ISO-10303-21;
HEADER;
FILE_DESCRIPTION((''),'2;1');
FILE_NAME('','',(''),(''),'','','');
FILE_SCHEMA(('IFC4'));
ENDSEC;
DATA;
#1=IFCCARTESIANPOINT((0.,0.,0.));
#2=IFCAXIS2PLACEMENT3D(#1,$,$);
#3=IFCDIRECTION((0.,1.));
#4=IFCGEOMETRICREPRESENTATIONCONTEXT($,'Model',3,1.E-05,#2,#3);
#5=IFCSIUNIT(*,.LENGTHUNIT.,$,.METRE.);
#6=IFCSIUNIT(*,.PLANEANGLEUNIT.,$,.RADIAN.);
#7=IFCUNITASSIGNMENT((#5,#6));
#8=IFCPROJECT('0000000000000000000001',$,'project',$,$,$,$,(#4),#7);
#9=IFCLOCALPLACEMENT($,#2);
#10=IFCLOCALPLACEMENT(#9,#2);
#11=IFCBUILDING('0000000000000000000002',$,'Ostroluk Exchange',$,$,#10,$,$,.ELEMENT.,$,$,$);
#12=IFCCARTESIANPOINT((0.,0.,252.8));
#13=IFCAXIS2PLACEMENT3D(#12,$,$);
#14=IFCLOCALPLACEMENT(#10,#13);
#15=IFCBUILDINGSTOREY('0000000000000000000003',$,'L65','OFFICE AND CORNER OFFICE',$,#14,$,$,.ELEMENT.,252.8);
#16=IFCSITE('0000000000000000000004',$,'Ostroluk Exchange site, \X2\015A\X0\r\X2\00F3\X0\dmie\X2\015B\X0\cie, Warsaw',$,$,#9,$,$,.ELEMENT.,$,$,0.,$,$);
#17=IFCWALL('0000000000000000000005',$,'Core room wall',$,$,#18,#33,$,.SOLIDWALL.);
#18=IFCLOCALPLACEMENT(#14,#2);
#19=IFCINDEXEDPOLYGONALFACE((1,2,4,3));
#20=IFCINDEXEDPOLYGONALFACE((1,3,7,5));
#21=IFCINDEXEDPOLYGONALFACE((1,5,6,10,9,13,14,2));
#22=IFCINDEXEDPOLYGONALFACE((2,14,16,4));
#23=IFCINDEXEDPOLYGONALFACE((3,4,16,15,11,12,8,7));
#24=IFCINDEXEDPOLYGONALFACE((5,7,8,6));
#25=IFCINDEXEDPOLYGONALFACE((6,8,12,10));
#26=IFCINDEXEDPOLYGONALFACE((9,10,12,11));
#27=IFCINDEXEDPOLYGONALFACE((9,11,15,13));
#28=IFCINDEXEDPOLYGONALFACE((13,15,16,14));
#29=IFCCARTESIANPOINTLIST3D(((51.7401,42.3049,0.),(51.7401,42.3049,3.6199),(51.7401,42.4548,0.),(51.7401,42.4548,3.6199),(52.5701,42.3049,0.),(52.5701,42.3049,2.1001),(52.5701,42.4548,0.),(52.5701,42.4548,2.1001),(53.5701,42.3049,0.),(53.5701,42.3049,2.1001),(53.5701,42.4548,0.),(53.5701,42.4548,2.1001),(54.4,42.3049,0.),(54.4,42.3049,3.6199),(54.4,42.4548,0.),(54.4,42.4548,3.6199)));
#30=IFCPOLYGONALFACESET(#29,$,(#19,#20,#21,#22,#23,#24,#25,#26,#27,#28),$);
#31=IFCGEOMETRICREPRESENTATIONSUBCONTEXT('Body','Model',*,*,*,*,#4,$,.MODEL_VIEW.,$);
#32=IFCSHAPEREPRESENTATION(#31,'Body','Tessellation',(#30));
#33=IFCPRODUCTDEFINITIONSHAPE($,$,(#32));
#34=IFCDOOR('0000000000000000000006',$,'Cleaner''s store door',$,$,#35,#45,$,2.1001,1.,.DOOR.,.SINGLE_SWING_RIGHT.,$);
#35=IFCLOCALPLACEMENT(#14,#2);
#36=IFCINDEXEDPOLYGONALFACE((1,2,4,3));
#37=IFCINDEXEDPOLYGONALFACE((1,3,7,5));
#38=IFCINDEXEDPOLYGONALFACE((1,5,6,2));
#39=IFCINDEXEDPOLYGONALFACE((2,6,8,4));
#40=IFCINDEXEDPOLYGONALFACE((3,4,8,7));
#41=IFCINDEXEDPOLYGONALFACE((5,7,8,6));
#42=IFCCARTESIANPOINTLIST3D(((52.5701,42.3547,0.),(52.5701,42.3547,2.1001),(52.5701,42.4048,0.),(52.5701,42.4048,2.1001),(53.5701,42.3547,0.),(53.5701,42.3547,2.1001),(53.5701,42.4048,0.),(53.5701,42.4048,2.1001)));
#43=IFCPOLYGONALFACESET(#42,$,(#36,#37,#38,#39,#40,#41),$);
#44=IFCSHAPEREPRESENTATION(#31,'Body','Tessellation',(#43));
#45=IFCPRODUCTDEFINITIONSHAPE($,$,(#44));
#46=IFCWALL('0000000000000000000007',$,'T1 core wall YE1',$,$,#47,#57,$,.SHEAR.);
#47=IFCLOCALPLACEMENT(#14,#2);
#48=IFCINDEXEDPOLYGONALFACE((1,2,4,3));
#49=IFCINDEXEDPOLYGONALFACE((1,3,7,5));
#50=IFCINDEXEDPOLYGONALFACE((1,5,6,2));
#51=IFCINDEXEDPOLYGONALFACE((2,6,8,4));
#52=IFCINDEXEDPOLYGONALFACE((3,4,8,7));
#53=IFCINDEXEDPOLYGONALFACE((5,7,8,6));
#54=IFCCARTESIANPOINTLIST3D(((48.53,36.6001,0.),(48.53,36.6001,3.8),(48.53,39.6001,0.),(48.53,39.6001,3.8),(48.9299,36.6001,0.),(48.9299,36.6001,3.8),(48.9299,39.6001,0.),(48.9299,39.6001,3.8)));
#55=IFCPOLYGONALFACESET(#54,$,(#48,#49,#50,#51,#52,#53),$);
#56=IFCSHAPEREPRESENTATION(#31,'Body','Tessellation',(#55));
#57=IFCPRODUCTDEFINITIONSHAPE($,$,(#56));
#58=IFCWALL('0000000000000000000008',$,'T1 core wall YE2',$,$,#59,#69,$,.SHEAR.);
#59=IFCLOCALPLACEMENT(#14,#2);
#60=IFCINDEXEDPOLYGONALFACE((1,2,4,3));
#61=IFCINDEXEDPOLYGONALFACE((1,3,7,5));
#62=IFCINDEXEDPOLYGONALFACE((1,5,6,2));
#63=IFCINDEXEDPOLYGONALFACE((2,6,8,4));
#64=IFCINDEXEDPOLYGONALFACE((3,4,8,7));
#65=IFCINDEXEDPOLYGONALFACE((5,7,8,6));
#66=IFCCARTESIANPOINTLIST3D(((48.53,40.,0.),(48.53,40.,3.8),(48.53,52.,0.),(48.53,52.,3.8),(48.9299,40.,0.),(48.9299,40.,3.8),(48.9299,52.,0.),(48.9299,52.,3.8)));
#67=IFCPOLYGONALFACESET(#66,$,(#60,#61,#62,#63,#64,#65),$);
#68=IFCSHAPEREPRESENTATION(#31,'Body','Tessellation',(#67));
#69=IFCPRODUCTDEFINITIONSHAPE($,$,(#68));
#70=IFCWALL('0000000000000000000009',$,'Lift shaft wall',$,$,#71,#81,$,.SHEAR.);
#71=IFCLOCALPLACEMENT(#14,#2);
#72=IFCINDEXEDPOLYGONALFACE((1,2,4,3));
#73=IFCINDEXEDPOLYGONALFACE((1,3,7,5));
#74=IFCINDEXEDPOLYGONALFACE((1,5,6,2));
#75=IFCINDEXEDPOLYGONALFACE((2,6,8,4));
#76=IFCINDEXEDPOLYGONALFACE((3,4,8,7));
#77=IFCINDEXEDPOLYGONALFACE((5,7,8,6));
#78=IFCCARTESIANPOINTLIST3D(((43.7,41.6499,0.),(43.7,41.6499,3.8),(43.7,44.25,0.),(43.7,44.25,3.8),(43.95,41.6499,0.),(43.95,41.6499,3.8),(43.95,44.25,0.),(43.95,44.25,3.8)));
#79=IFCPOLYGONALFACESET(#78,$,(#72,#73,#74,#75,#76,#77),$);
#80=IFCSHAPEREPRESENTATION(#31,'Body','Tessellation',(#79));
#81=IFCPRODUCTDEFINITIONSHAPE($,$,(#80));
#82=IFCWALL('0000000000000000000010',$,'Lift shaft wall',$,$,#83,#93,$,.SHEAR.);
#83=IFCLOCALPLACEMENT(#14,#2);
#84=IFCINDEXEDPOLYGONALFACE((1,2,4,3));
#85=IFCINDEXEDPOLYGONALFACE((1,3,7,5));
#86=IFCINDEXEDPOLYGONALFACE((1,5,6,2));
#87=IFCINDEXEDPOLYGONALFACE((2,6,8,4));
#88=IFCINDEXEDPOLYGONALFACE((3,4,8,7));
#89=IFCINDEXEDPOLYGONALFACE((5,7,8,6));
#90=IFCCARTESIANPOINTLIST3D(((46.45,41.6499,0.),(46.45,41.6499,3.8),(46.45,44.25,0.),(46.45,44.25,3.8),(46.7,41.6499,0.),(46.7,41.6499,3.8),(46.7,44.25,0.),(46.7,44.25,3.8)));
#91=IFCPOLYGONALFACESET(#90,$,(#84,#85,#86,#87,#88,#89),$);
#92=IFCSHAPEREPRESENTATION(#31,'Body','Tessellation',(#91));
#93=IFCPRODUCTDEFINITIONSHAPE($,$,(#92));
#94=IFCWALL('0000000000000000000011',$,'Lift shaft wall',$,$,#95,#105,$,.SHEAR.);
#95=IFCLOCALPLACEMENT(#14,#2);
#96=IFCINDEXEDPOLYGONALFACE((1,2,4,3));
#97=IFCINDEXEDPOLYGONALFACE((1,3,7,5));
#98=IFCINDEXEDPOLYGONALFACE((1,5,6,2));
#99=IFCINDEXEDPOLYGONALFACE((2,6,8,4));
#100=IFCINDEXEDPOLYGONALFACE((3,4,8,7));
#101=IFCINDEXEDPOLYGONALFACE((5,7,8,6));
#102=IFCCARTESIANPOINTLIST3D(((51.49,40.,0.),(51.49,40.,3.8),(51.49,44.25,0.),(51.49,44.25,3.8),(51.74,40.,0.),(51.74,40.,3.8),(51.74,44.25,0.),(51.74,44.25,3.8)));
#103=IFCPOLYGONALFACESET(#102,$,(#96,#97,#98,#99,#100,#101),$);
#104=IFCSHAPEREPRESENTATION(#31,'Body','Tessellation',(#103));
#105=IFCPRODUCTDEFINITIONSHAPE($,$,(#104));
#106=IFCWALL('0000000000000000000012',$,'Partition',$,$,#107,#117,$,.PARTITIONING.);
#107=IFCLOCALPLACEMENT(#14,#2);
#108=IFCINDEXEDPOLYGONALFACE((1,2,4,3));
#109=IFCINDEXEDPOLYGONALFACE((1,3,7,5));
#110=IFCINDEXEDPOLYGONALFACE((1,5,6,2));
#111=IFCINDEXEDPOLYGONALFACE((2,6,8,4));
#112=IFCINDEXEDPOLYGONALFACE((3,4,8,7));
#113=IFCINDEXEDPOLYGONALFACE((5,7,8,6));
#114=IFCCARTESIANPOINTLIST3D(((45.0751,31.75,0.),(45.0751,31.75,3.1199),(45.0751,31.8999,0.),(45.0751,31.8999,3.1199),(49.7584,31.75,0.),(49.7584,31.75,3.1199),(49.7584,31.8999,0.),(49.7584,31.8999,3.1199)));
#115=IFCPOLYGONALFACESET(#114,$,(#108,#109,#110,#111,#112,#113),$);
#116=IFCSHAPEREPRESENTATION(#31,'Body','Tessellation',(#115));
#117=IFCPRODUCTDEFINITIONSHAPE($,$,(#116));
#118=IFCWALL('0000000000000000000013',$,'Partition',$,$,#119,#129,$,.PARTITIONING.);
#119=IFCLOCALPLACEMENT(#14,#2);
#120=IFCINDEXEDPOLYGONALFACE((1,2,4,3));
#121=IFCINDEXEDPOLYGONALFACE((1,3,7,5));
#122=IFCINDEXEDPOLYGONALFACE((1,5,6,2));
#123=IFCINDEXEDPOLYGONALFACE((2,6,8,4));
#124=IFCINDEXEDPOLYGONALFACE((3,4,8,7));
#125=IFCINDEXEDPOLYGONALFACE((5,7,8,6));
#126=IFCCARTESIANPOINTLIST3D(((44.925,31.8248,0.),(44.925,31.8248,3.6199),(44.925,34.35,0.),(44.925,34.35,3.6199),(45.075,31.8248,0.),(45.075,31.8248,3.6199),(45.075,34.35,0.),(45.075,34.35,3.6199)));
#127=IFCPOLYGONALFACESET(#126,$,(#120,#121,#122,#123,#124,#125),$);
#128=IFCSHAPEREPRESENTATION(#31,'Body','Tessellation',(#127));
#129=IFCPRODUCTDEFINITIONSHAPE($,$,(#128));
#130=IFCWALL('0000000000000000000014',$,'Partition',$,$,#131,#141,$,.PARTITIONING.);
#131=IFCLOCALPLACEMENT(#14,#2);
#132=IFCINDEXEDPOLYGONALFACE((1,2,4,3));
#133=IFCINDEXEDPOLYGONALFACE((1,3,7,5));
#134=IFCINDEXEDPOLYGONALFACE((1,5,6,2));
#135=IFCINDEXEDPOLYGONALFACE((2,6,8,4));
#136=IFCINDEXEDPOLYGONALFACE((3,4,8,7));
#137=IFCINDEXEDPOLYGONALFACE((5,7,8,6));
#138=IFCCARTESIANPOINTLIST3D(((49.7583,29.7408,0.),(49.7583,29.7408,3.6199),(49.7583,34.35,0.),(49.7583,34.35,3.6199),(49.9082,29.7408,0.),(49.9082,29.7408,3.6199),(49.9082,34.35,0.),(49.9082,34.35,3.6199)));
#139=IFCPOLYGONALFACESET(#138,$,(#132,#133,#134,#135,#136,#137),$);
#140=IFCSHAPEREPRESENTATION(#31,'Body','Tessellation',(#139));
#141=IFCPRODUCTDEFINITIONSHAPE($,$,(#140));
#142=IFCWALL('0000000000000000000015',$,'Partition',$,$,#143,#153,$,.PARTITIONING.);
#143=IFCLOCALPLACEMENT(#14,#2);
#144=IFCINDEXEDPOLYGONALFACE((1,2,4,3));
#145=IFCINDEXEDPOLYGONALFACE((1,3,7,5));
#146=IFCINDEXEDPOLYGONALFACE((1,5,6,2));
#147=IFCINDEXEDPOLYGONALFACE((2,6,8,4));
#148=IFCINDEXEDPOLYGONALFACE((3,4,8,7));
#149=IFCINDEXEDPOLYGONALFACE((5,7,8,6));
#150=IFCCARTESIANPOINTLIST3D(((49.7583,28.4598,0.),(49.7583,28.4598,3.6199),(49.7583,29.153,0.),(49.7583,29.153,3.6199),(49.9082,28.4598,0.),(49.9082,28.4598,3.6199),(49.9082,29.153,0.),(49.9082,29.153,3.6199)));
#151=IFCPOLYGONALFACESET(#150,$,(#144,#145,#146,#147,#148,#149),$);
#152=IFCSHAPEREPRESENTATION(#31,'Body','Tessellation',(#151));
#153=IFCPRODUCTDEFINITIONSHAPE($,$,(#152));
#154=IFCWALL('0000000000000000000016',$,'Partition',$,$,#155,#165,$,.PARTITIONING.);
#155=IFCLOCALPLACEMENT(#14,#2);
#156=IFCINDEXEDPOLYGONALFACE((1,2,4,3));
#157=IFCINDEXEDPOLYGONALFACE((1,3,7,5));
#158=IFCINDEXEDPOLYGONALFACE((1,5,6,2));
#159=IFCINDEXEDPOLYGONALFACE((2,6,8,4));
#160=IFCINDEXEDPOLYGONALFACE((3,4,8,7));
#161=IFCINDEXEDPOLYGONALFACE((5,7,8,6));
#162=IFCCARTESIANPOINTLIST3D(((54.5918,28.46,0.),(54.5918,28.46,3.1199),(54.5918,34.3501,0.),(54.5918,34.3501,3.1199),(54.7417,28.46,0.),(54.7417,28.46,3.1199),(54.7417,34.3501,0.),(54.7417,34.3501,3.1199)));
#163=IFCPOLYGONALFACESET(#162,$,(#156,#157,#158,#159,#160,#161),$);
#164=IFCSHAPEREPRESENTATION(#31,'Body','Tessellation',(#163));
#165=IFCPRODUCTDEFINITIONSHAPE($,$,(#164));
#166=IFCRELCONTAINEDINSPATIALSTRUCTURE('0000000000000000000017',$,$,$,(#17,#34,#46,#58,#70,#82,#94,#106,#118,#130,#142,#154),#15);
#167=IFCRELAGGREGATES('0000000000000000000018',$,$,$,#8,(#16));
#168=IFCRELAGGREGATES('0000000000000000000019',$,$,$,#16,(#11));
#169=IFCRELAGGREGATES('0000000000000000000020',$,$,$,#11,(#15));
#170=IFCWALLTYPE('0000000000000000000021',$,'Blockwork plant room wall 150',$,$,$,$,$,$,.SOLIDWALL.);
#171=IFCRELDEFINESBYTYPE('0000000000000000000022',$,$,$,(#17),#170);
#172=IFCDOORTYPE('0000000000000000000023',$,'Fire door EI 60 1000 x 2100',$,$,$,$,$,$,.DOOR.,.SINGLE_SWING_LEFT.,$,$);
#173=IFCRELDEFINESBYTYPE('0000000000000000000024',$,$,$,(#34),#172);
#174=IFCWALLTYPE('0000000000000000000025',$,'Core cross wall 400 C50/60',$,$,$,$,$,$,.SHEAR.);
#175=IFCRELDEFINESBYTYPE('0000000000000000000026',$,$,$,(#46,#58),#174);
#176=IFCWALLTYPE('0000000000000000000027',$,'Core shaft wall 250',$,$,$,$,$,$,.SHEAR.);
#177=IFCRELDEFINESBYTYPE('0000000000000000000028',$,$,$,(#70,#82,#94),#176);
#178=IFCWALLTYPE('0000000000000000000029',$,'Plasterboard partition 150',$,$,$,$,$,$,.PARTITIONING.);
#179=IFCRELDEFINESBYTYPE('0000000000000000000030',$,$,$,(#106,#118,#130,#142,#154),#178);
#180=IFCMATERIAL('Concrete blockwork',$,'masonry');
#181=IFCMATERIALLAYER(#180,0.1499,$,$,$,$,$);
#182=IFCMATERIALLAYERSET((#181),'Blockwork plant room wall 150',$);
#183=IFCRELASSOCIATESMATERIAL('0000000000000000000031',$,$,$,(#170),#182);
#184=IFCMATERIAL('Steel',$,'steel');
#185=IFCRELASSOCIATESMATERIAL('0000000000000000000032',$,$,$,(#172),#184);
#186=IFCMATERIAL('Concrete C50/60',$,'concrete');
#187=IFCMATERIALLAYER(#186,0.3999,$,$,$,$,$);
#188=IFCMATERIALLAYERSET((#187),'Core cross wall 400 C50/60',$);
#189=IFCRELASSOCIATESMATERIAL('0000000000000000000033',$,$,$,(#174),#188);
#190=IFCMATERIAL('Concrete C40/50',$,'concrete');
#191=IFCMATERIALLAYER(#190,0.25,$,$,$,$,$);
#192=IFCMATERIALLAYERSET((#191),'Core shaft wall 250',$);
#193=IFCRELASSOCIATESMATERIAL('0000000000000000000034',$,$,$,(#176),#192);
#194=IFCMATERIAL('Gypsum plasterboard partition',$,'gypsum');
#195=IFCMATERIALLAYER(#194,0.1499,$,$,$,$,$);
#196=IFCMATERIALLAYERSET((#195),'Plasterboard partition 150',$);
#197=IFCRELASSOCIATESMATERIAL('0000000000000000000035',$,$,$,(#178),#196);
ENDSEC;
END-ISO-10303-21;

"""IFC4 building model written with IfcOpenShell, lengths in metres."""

from ifc_helpers import new_model, si_unit, direction, frame, frame_2d, origin, place, context, subcontext, project, spatial, rectangle, extrude, material, layer, layer_set, type_object, element, fill, save


model = new_model("IFC4")

# Units and contexts
model_context = context("Model", 3, precision=1e-05, world=origin(), true_north=direction((0.0, 1.0)))
body_context = subcontext(model_context, "Body", "Model", "MODEL_VIEW")
ifc_project = project(units=[si_unit("LENGTHUNIT", "METRE"), si_unit("PLANEANGLEUNIT", "RADIAN")], contexts=[model_context])

# Site, building, storey
site_placement = place(None, origin())
site = spatial("IfcSite", under=ifc_project, at=site_placement, Name="Ostroluk Exchange site, Śródmieście, Warsaw", CompositionType="ELEMENT", RefElevation=0.0)
building_placement = place(site_placement, origin())
building = spatial("IfcBuilding", under=site, at=building_placement, Name="Ostroluk Exchange", CompositionType="ELEMENT")
storey_placement = place(building_placement, frame((0.0, 0.0, 252.8)))
storey = spatial("IfcBuildingStorey", under=building, at=storey_placement, Name="L65", Description="OFFICE AND CORNER OFFICE", CompositionType="ELEMENT", Elevation=252.8)

# Wall, opening, door
ifc_material_1 = material(Name="Concrete blockwork", Category="masonry")
ifc_layer_1 = layer(ifc_material_1, 0.1499)
ifc_layer_set_1 = layer_set([ifc_layer_1], Name="Blockwork plant room wall 150")
wall_type_1 = type_object("IfcWallType", Name="Blockwork plant room wall 150", PredefinedType="SOLIDWALL", material=ifc_layer_set_1)
wall_1_placement = place(storey_placement, frame((51.74, 42.3799, 0.0), z_axis=(0.0, 0.0, 1.0), x_axis=(1.0, 0.0, 0.0)))
wall_1 = element("IfcWall", 1, at=wall_1_placement, inside=storey, type_object=wall_type_1, Name="Core room wall", PredefinedType="SOLIDWALL", context=body_context, shape_type="SweptSolid", body=[
    extrude(rectangle(XDim=2.6599, YDim=0.1499, at=frame_2d((1.3301, 0.0))), origin(), (0.0, 0.0, 1.0), 3.6199),
])
opening_1_placement = place(wall_1_placement, frame((0.8301, 0.0, 0.0)))
opening_1 = element("IfcOpeningElement", 2, at=opening_1_placement, cuts=wall_1, PredefinedType="OPENING", context=body_context, shape_type="SweptSolid", body=[
    extrude(rectangle(XDim=1.0, YDim=2.1001, at=frame_2d((0.5, 1.05))), frame((0.0, 0.085, 0.0), z_axis=(0.0, -1.0, 0.0), x_axis=(1.0, 0.0, 0.0)), (0.0, 0.0, 1.0), 0.1699),
])
ifc_material_2 = material(Name="Steel", Category="steel")
door_type_1 = type_object("IfcDoorType", Name="Fire door EI 60 1000 x 2100", OperationType="SINGLE_SWING_LEFT", PredefinedType="DOOR", material=ifc_material_2)
door_1_placement = place(opening_1_placement, origin())
door_1 = element("IfcDoor", 3, at=door_1_placement, inside=storey, type_object=door_type_1, Name="Cleaner's store door", OperationType="SINGLE_SWING_RIGHT", OverallHeight=2.1001, OverallWidth=1.0, PredefinedType="DOOR", context=body_context, shape_type="SweptSolid", body=[
    extrude(rectangle(XDim=1.0, YDim=2.1001, at=frame_2d((0.5, 1.05))), frame((0.0, 0.0249, 0.0), z_axis=(0.0, -1.0, 0.0), x_axis=(1.0, 0.0, 0.0)), (0.0, 0.0, 1.0), 0.05),
])
fill(opening_1, door_1)

# Walls
ifc_material_3 = material(Name="Concrete C50/60", Category="concrete")
ifc_layer_2 = layer(ifc_material_3, 0.3999)
ifc_layer_set_2 = layer_set([ifc_layer_2], Name="Core cross wall 400 C50/60")
wall_type_2 = type_object("IfcWallType", Name="Core cross wall 400 C50/60", PredefinedType="SHEAR", material=ifc_layer_set_2)
wall_2_placement = place(storey_placement, frame((48.73, 36.6001, 0.0), z_axis=(0.0, 0.0, 1.0), x_axis=(0.0, 1.0, 0.0)))
element("IfcWall", 4, at=wall_2_placement, inside=storey, type_object=wall_type_2, Name="T1 core wall YE1", PredefinedType="SHEAR", context=body_context, shape_type="SweptSolid", body=[
    extrude(rectangle(XDim=3.0, YDim=0.3999, at=frame_2d((1.5, 0.0))), origin(), (0.0, 0.0, 1.0), 3.8),
])
wall_3_placement = place(storey_placement, frame((48.73, 40.0, 0.0), z_axis=(0.0, 0.0, 1.0), x_axis=(0.0, 1.0, 0.0)))
element("IfcWall", 5, at=wall_3_placement, inside=storey, type_object=wall_type_2, Name="T1 core wall YE2", PredefinedType="SHEAR", context=body_context, shape_type="SweptSolid", body=[
    extrude(rectangle(XDim=12.0, YDim=0.3999, at=frame_2d((6.0, 0.0))), origin(), (0.0, 0.0, 1.0), 3.8),
])

# Shared definitions
ifc_material_4 = material(Name="Concrete C40/50", Category="concrete")
ifc_layer_3 = layer(ifc_material_4, 0.25)
ifc_layer_set_3 = layer_set([ifc_layer_3], Name="Core shaft wall 250")
wall_type_3 = type_object("IfcWallType", Name="Core shaft wall 250", PredefinedType="SHEAR", material=ifc_layer_set_3)

# Walls
for number, where, z_axis, x_axis, name in (
    (6, (43.825, 44.25, 0.0), (0.0, 0.0, 1.0), (0.0, -1.0, 0.0), "Lift shaft wall"),
    (7, (46.575, 44.25, 0.0), (0.0, 0.0, 1.0), (0.0, -1.0, 0.0), "Lift shaft wall"),
):
    element("IfcWall", number, at=place(storey_placement, frame(where, z_axis=z_axis, x_axis=x_axis)), inside=storey, type_object=wall_type_3, Name=name, PredefinedType="SHEAR", context=body_context, shape_type="SweptSolid", body=[
        extrude(rectangle(XDim=2.6001, YDim=0.25, at=frame_2d((1.3, 0.0))), origin(), (0.0, 0.0, 1.0), 3.8),
    ])
wall_4_placement = place(storey_placement, frame((51.615, 44.25, 0.0), z_axis=(0.0, 0.0, 1.0), x_axis=(0.0, -1.0, 0.0)))
element("IfcWall", 8, at=wall_4_placement, inside=storey, type_object=wall_type_3, Name="Lift shaft wall", PredefinedType="SHEAR", context=body_context, shape_type="SweptSolid", body=[
    extrude(rectangle(XDim=4.25, YDim=0.25, at=frame_2d((2.125, 0.0))), origin(), (0.0, 0.0, 1.0), 3.8),
])

# Walls
ifc_material_5 = material(Name="Gypsum plasterboard partition", Category="gypsum")
ifc_layer_4 = layer(ifc_material_5, 0.1499)
ifc_layer_set_4 = layer_set([ifc_layer_4], Name="Plasterboard partition 150")
wall_type_4 = type_object("IfcWallType", Name="Plasterboard partition 150", PredefinedType="PARTITIONING", material=ifc_layer_set_4)
wall_5_placement = place(storey_placement, frame((45.075, 31.825, 0.0), z_axis=(0.0, 0.0, 1.0), x_axis=(1.0, 0.0, 0.0)))
element("IfcWall", 9, at=wall_5_placement, inside=storey, type_object=wall_type_4, Name="Partition", PredefinedType="PARTITIONING", context=body_context, shape_type="SweptSolid", body=[
    extrude(rectangle(XDim=4.6833, YDim=0.1499, at=frame_2d((2.3418, 0.0))), origin(), (0.0, 0.0, 1.0), 3.1199),
])
wall_6_placement = place(storey_placement, frame((45.0, 34.3501, 0.0), z_axis=(0.0, 0.0, 1.0), x_axis=(0.0, -1.0, 0.0)))
element("IfcWall", 10, at=wall_6_placement, inside=storey, type_object=wall_type_4, Name="Partition", PredefinedType="PARTITIONING", context=body_context, shape_type="SweptSolid", body=[
    extrude(rectangle(XDim=2.5251, YDim=0.1499, at=frame_2d((1.2627, 0.0))), origin(), (0.0, 0.0, 1.0), 3.6199),
])
wall_7_placement = place(storey_placement, frame((49.8333, 34.3501, 0.0), z_axis=(0.0, 0.0, 1.0), x_axis=(0.0, -1.0, 0.0)))
element("IfcWall", 11, at=wall_7_placement, inside=storey, type_object=wall_type_4, Name="Partition", PredefinedType="PARTITIONING", context=body_context, shape_type="SweptSolid", body=[
    extrude(rectangle(XDim=4.6091, YDim=0.1499, at=frame_2d((2.3047, 0.0))), origin(), (0.0, 0.0, 1.0), 3.6199),
])
wall_8_placement = place(storey_placement, frame((49.8333, 29.1531, 0.0), z_axis=(0.0, 0.0, 1.0), x_axis=(0.0, -1.0, 0.0)))
element("IfcWall", 12, at=wall_8_placement, inside=storey, type_object=wall_type_4, Name="Partition", PredefinedType="PARTITIONING", context=body_context, shape_type="SweptSolid", body=[
    extrude(rectangle(XDim=0.6931, YDim=0.1499, at=frame_2d((0.3467, 0.0))), origin(), (0.0, 0.0, 1.0), 3.6199),
])
wall_9_placement = place(storey_placement, frame((54.6667, 34.3501, 0.0), z_axis=(0.0, 0.0, 1.0), x_axis=(0.0, -1.0, 0.0)))
element("IfcWall", 13, at=wall_9_placement, inside=storey, type_object=wall_type_4, Name="Partition", PredefinedType="PARTITIONING", context=body_context, shape_type="SweptSolid", body=[
    extrude(rectangle(XDim=5.8901, YDim=0.1499, at=frame_2d((2.9451, 0.0))), origin(), (0.0, 0.0, 1.0), 3.1199),
])

save(model, "model.ifc")
